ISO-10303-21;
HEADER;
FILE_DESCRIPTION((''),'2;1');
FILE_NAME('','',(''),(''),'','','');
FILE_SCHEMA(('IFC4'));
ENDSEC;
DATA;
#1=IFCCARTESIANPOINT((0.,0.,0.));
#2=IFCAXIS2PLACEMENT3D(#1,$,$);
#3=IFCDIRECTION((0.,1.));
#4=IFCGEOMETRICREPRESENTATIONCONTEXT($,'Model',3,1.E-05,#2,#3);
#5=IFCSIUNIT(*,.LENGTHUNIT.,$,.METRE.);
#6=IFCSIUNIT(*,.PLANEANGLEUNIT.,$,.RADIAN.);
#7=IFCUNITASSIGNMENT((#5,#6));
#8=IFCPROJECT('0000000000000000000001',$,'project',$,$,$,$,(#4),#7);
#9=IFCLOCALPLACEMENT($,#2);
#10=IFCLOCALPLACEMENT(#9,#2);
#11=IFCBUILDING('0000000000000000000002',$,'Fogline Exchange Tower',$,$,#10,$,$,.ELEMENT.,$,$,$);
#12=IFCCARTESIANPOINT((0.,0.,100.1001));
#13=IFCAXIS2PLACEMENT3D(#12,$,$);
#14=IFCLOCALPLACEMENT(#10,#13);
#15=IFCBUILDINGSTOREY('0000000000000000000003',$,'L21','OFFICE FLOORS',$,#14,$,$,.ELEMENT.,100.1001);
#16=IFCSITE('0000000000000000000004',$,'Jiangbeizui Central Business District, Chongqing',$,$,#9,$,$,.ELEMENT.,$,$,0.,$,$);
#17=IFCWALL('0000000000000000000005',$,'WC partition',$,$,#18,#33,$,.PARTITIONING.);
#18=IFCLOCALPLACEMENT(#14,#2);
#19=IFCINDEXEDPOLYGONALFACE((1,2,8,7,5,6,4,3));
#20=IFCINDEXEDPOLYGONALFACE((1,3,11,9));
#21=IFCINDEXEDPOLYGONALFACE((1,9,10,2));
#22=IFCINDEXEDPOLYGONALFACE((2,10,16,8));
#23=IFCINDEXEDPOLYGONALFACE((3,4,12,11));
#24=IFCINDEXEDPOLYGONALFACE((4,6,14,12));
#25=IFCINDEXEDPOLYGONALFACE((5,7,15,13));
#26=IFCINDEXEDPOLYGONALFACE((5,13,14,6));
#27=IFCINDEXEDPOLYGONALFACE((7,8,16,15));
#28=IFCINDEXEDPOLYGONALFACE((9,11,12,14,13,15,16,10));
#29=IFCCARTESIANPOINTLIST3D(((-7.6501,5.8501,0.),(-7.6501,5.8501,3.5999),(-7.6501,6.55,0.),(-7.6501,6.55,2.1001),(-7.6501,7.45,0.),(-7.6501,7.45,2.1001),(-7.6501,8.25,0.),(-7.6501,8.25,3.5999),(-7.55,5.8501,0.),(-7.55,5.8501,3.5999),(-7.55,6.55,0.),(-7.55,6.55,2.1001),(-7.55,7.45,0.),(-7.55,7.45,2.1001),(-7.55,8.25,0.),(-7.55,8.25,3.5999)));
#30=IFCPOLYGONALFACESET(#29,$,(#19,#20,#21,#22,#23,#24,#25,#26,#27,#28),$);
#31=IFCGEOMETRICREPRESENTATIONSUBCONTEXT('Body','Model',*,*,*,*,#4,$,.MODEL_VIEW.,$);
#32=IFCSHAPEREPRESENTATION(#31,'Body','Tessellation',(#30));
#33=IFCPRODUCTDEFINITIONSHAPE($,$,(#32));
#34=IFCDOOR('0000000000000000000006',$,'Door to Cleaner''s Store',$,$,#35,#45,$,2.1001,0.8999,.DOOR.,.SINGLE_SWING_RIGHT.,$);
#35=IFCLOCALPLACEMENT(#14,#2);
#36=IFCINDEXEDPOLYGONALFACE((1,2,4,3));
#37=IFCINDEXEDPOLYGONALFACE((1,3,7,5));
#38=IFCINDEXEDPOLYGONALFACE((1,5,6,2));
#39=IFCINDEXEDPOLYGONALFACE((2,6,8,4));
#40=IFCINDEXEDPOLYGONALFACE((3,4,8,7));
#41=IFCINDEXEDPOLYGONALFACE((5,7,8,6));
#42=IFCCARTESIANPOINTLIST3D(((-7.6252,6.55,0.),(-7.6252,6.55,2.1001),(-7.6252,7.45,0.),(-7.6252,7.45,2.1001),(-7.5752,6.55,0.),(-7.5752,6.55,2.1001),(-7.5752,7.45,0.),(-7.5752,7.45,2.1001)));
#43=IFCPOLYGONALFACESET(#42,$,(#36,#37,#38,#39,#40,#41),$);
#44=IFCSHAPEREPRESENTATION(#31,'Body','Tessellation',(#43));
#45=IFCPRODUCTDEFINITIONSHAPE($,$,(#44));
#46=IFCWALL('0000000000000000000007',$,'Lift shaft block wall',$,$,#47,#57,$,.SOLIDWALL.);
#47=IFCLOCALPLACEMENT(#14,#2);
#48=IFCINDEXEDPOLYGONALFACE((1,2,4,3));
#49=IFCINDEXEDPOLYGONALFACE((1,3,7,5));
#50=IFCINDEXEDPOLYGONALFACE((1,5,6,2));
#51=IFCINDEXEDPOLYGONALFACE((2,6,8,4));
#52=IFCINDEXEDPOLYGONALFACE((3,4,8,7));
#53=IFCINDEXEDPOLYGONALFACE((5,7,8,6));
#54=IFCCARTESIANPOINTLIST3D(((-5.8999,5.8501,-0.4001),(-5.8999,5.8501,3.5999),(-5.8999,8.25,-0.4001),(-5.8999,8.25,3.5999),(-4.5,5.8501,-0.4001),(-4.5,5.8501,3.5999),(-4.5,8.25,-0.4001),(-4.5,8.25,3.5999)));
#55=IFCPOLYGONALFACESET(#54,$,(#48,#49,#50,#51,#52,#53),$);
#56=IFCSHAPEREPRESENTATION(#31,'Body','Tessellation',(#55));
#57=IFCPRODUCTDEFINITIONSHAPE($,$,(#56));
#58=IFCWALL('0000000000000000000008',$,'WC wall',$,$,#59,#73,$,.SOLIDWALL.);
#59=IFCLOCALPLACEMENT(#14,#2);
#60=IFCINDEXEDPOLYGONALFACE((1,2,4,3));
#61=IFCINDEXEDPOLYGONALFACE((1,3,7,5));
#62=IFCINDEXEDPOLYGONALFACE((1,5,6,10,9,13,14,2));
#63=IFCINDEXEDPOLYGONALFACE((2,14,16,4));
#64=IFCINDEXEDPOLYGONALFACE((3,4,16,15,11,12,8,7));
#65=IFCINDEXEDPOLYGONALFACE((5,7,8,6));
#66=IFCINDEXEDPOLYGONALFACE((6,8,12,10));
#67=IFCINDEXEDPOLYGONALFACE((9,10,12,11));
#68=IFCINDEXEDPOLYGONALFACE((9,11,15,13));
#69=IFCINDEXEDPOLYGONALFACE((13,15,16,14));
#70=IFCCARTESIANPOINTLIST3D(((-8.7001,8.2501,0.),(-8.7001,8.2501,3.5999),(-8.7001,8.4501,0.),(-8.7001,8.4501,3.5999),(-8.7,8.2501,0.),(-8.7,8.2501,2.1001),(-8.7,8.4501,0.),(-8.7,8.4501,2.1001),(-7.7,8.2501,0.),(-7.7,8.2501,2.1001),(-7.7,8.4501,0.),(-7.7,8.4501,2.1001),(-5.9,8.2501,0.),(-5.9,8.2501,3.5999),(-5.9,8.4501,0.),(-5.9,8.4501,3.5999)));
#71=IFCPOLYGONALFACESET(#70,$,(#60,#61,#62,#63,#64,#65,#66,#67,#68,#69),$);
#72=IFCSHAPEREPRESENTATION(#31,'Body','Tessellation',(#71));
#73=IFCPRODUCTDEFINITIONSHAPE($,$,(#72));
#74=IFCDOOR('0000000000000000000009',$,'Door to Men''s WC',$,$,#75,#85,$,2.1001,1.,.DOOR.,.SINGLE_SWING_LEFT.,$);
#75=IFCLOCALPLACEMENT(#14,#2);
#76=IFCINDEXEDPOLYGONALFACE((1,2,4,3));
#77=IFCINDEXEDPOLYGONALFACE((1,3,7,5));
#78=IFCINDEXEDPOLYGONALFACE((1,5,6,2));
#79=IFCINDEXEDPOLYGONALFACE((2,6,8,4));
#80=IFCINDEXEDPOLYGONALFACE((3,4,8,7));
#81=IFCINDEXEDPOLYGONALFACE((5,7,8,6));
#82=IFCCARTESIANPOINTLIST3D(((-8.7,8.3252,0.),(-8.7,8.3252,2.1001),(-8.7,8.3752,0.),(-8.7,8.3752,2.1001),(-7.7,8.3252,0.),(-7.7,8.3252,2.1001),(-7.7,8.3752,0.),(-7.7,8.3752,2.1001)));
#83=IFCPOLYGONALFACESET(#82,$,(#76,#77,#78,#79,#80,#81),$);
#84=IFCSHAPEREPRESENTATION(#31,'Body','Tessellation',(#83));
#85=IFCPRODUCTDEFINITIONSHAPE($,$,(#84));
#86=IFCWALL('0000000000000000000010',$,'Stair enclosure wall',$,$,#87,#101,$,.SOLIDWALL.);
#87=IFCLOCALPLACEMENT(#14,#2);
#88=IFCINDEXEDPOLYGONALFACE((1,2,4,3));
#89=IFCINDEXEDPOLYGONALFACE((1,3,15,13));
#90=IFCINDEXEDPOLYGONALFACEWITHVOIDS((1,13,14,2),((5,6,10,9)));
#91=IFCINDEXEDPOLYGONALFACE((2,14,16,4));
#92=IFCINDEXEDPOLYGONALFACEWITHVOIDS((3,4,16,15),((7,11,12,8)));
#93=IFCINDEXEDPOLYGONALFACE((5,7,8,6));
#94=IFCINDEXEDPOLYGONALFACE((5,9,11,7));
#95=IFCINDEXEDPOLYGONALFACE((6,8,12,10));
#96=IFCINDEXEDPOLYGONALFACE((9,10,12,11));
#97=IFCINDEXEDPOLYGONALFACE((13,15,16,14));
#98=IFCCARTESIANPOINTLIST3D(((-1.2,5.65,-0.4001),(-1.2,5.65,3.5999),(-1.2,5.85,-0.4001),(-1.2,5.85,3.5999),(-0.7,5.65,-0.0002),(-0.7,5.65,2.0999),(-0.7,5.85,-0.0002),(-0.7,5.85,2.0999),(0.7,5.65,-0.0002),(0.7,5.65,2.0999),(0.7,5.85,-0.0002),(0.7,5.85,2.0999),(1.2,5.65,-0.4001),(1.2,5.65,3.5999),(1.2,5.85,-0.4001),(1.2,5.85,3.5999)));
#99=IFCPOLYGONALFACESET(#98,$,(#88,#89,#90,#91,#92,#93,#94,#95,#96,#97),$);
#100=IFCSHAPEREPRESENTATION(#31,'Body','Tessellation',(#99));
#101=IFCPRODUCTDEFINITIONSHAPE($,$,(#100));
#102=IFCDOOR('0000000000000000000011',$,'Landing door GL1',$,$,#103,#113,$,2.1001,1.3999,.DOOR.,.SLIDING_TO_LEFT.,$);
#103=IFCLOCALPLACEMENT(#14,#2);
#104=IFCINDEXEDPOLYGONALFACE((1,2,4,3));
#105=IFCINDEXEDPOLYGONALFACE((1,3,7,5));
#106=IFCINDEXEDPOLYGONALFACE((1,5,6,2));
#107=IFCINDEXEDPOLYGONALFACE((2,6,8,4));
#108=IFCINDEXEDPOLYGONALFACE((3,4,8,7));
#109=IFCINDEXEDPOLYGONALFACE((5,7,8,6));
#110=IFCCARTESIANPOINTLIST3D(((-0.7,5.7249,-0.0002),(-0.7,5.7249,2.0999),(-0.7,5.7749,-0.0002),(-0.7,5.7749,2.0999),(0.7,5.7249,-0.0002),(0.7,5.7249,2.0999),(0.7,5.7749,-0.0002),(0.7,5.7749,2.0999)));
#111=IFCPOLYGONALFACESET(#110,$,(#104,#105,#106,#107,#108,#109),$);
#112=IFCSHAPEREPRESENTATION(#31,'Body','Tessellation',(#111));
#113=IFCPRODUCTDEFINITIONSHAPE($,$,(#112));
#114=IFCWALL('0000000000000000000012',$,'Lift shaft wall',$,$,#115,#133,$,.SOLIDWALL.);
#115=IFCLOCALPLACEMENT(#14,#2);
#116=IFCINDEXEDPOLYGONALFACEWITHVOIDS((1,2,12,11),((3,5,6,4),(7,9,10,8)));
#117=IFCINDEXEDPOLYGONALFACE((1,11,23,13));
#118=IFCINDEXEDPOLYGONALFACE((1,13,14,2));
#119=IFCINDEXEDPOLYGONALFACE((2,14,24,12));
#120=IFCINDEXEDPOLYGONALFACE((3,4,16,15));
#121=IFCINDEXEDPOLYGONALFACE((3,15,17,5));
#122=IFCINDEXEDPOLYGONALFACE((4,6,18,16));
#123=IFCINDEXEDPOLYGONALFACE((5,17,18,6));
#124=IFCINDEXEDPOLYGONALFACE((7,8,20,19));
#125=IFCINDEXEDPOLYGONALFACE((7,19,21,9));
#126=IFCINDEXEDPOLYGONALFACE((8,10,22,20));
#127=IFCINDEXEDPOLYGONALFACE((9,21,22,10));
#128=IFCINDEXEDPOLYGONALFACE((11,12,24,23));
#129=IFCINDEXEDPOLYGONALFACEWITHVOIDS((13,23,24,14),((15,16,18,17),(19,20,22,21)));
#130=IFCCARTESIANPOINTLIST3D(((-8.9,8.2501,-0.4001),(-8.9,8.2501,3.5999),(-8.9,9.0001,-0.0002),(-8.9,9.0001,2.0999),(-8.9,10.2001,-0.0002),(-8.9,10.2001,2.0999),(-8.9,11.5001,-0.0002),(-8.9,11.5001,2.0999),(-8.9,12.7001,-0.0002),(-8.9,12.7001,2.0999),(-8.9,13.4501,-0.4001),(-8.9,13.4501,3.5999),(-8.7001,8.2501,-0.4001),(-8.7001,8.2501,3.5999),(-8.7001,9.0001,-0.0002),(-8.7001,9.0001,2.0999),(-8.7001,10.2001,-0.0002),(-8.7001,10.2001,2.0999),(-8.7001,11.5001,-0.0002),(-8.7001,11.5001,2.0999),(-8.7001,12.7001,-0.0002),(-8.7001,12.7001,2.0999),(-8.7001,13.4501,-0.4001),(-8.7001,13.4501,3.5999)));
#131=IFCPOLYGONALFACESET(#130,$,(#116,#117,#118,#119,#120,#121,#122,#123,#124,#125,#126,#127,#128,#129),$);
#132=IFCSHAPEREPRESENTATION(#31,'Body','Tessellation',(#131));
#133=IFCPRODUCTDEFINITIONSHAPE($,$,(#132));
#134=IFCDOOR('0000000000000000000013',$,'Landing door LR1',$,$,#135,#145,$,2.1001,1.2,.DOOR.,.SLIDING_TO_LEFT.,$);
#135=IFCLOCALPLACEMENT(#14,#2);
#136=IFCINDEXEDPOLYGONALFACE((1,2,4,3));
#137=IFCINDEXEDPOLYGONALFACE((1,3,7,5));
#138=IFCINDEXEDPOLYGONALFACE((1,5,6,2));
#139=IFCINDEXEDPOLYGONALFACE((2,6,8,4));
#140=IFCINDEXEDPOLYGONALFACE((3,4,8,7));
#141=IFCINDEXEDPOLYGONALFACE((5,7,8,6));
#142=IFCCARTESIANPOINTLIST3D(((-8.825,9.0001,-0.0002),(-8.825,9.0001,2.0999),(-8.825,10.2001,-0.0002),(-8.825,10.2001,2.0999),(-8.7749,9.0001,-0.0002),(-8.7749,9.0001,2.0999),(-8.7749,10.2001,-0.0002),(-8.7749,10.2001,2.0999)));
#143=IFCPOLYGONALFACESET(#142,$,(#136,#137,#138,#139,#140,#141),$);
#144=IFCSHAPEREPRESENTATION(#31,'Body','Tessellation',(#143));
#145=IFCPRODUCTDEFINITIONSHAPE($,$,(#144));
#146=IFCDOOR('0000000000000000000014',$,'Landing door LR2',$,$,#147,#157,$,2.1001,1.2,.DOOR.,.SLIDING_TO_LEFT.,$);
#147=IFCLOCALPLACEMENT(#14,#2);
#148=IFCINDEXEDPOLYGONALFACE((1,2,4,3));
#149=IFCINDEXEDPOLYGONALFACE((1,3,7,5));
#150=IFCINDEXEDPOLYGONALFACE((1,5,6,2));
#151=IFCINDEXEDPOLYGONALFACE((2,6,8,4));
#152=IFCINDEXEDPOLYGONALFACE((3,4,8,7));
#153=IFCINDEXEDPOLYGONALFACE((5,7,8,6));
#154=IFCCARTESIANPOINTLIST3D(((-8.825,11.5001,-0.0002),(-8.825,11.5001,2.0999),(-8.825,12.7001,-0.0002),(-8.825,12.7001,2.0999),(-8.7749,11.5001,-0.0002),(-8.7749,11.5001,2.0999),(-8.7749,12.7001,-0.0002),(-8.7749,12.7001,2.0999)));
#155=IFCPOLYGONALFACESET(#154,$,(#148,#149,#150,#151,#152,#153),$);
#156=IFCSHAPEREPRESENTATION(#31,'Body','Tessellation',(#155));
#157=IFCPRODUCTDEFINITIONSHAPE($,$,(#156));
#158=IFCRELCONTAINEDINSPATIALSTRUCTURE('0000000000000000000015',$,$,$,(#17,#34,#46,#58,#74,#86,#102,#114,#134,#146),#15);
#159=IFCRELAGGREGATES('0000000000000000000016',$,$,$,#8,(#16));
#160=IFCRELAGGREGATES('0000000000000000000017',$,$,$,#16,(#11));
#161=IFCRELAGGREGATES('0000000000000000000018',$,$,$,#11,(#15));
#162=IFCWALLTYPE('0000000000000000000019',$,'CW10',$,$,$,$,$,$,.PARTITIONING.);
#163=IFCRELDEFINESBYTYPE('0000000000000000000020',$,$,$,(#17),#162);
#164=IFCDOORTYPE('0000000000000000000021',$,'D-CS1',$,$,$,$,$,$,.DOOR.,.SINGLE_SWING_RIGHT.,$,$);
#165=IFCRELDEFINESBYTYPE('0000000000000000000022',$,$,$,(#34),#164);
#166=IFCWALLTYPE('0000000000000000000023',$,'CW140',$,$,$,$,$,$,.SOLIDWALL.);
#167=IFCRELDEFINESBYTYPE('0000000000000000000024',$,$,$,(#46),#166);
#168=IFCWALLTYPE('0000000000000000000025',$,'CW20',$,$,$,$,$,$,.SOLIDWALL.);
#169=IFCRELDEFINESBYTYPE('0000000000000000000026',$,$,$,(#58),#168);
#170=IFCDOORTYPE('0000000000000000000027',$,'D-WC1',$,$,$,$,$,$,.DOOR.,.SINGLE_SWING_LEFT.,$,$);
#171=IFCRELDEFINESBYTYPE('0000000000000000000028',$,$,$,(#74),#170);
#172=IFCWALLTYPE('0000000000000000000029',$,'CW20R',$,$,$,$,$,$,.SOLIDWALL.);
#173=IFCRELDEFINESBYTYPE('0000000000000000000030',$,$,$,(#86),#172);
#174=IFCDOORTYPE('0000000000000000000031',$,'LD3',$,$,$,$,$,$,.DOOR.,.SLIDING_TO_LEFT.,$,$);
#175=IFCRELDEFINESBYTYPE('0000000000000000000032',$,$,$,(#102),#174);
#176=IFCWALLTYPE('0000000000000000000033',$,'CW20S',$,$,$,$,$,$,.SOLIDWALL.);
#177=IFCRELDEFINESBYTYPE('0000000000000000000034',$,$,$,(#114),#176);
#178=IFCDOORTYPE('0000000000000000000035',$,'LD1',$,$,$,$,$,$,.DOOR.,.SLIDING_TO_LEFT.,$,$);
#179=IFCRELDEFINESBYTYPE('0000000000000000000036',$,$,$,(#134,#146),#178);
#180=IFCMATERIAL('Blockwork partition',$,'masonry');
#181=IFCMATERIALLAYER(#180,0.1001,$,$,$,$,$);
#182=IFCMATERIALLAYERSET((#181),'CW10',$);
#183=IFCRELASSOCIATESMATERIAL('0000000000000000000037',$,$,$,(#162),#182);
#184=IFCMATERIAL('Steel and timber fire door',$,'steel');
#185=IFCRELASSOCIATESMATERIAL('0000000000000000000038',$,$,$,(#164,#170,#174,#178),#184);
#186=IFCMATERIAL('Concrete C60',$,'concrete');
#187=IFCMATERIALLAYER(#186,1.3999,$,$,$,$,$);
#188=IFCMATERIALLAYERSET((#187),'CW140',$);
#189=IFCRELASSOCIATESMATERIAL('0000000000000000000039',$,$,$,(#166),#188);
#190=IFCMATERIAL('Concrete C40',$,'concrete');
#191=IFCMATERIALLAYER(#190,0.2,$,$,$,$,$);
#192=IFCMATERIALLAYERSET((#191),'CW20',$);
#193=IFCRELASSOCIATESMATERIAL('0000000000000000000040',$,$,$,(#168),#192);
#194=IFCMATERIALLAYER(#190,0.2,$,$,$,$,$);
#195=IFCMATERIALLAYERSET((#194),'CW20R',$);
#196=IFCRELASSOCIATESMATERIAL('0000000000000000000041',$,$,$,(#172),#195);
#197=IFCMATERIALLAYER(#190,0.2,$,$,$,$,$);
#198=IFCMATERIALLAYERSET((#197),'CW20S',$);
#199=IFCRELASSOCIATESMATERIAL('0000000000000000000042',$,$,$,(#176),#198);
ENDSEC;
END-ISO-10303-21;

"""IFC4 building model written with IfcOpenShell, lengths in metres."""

from ifc_helpers import new_model, si_unit, direction, frame, frame_2d, origin, place, context, subcontext, project, spatial, rectangle, extrude, material, layer, layer_set, type_object, element, fill, save


model = new_model("IFC4")

# Units and contexts
model_context = context("Model", 3, precision=1e-05, world=origin(), true_north=direction((0.0, 1.0)))
body_context = subcontext(model_context, "Body", "Model", "MODEL_VIEW")
ifc_project = project(units=[si_unit("LENGTHUNIT", "METRE"), si_unit("PLANEANGLEUNIT", "RADIAN")], contexts=[model_context])

# Site, building, storey
site_placement = place(None, origin())
site = spatial("IfcSite", under=ifc_project, at=site_placement, Name="Jiangbeizui Central Business District, Chongqing", CompositionType="ELEMENT", RefElevation=0.0)
building_placement = place(site_placement, origin())
building = spatial("IfcBuilding", under=site, at=building_placement, Name="Fogline Exchange Tower", CompositionType="ELEMENT")
storey_placement = place(building_placement, frame((0.0, 0.0, 100.1001)))
storey = spatial("IfcBuildingStorey", under=building, at=storey_placement, Name="L21", Description="OFFICE FLOORS", CompositionType="ELEMENT", Elevation=100.1001)

# Wall, opening, door
ifc_material_1 = material(Name="Blockwork partition", Category="masonry")
ifc_layer_1 = layer(ifc_material_1, 0.1001)
ifc_layer_set_1 = layer_set([ifc_layer_1], Name="CW10")
wall_type_1 = type_object("IfcWallType", Name="CW10", PredefinedType="PARTITIONING", material=ifc_layer_set_1)
wall_1_placement = place(storey_placement, frame((-7.6001, 5.8501, 0.0), z_axis=(0.0, 0.0, 1.0), x_axis=(0.0, 1.0, 0.0)))
wall_1 = element("IfcWall", 1, at=wall_1_placement, inside=storey, type_object=wall_type_1, Name="WC partition", PredefinedType="PARTITIONING", context=body_context, shape_type="SweptSolid", body=[
    extrude(rectangle(XDim=2.3999, YDim=0.1001, at=frame_2d((1.2, 0.0))), origin(), (0.0, 0.0, 1.0), 3.5999),
])
opening_1_placement = place(wall_1_placement, frame((0.7, 0.0, 0.0)))
opening_1 = element("IfcOpeningElement", 2, at=opening_1_placement, cuts=wall_1, PredefinedType="OPENING", context=body_context, shape_type="SweptSolid", body=[
    extrude(rectangle(XDim=0.8999, YDim=2.1001, at=frame_2d((0.45, 1.05))), frame((0.0, 0.0601, 0.0), z_axis=(0.0, -1.0, 0.0), x_axis=(1.0, 0.0, 0.0)), (0.0, 0.0, 1.0), 0.1201),
])
ifc_material_2 = material(Name="Steel and timber fire door", Category="steel")
door_type_1 = type_object("IfcDoorType", Name="D-CS1", OperationType="SINGLE_SWING_RIGHT", PredefinedType="DOOR", material=ifc_material_2)
door_1_placement = place(opening_1_placement, frame((0.8999, 0.0, 0.0), z_axis=(0.0, 0.0, 1.0), x_axis=(-1.0, 0.0, 0.0)))
door_1 = element("IfcDoor", 3, at=door_1_placement, inside=storey, type_object=door_type_1, Name="Door to Cleaner's Store", OperationType="SINGLE_SWING_RIGHT", OverallHeight=2.1001, OverallWidth=0.8999, PredefinedType="DOOR", context=body_context, shape_type="SweptSolid", body=[
    extrude(rectangle(XDim=0.8999, YDim=2.1001, at=frame_2d((0.45, 1.05))), frame((0.0, 0.0249, 0.0), z_axis=(0.0, -1.0, 0.0), x_axis=(1.0, 0.0, 0.0)), (0.0, 0.0, 1.0), 0.05),
])
fill(opening_1, door_1)

# Wall
ifc_material_3 = material(Name="Concrete C60", Category="concrete")
ifc_layer_2 = layer(ifc_material_3, 1.3999)
ifc_layer_set_2 = layer_set([ifc_layer_2], Name="CW140")
wall_type_2 = type_object("IfcWallType", Name="CW140", PredefinedType="SOLIDWALL", material=ifc_layer_set_2)
wall_2_placement = place(storey_placement, frame((-5.2, 5.8501, -0.4001), z_axis=(0.0, 0.0, 1.0), x_axis=(0.0, 1.0, 0.0)))
element("IfcWall", 4, at=wall_2_placement, inside=storey, type_object=wall_type_2, Name="Lift shaft block wall", PredefinedType="SOLIDWALL", context=body_context, shape_type="SweptSolid", body=[
    extrude(rectangle(XDim=2.3999, YDim=1.3999, at=frame_2d((1.2, 0.0))), origin(), (0.0, 0.0, 1.0), 4.0),
])

# Walls, openings, doors
ifc_material_4 = material(Name="Concrete C40", Category="concrete")
ifc_layer_3 = layer(ifc_material_4, 0.2)
ifc_layer_set_3 = layer_set([ifc_layer_3], Name="CW20")
wall_type_3 = type_object("IfcWallType", Name="CW20", PredefinedType="SOLIDWALL", material=ifc_layer_set_3)
wall_3_placement = place(storey_placement, frame((-8.7, 8.3501, 0.0), z_axis=(0.0, 0.0, 1.0), x_axis=(1.0, 0.0, 0.0)))
wall_3 = element("IfcWall", 5, at=wall_3_placement, inside=storey, type_object=wall_type_3, Name="WC wall", PredefinedType="SOLIDWALL", context=body_context, shape_type="SweptSolid", body=[
    extrude(rectangle(XDim=2.8, YDim=0.2, at=frame_2d((1.3999, 0.0))), origin(), (0.0, 0.0, 1.0), 3.5999),
])
opening_2_placement = place(wall_3_placement, origin())
opening_2 = element("IfcOpeningElement", 6, at=opening_2_placement, cuts=wall_3, PredefinedType="OPENING", context=body_context, shape_type="SweptSolid", body=[
    extrude(rectangle(XDim=1.0, YDim=2.1001, at=frame_2d((0.5, 1.05))), frame((0.0, 0.1099, 0.0), z_axis=(0.0, -1.0, 0.0), x_axis=(1.0, 0.0, 0.0)), (0.0, 0.0, 1.0), 0.22),
])
door_type_2 = type_object("IfcDoorType", Name="D-WC1", OperationType="SINGLE_SWING_LEFT", PredefinedType="DOOR", material=ifc_material_2)
door_2_placement = place(opening_2_placement, frame((1.0, 0.0, 0.0), z_axis=(0.0, 0.0, 1.0), x_axis=(-1.0, 0.0, 0.0)))
door_2 = element("IfcDoor", 7, at=door_2_placement, inside=storey, type_object=door_type_2, Name="Door to Men's WC", OperationType="SINGLE_SWING_LEFT", OverallHeight=2.1001, OverallWidth=1.0, PredefinedType="DOOR", context=body_context, shape_type="SweptSolid", body=[
    extrude(rectangle(XDim=1.0, YDim=2.1001, at=frame_2d((0.5, 1.05))), frame((0.0, 0.0249, 0.0), z_axis=(0.0, -1.0, 0.0), x_axis=(1.0, 0.0, 0.0)), (0.0, 0.0, 1.0), 0.05),
])
fill(opening_2, door_2)
ifc_layer_4 = layer(ifc_material_4, 0.2)
ifc_layer_set_4 = layer_set([ifc_layer_4], Name="CW20R")
wall_type_4 = type_object("IfcWallType", Name="CW20R", PredefinedType="SOLIDWALL", material=ifc_layer_set_4)
wall_4_placement = place(storey_placement, frame((-1.2, 5.75, -0.4001), z_axis=(0.0, 0.0, 1.0), x_axis=(1.0, 0.0, 0.0)))
wall_4 = element("IfcWall", 8, at=wall_4_placement, inside=storey, type_object=wall_type_4, Name="Stair enclosure wall", PredefinedType="SOLIDWALL", context=body_context, shape_type="SweptSolid", body=[
    extrude(rectangle(XDim=2.3999, YDim=0.2, at=frame_2d((1.2, 0.0))), origin(), (0.0, 0.0, 1.0), 4.0),
])
opening_3_placement = place(wall_4_placement, frame((0.5, 0.0, 0.3999)))
opening_3 = element("IfcOpeningElement", 9, at=opening_3_placement, cuts=wall_4, PredefinedType="OPENING", context=body_context, shape_type="SweptSolid", body=[
    extrude(rectangle(XDim=1.3999, YDim=2.1001, at=frame_2d((0.7, 1.05))), frame((0.0, 0.1099, 0.0), z_axis=(0.0, -1.0, 0.0), x_axis=(1.0, 0.0, 0.0)), (0.0, 0.0, 1.0), 0.22),
])
door_type_3 = type_object("IfcDoorType", Name="LD3", OperationType="SLIDING_TO_LEFT", PredefinedType="DOOR", material=ifc_material_2)
door_3_placement = place(opening_3_placement, origin())
door_3 = element("IfcDoor", 10, at=door_3_placement, inside=storey, type_object=door_type_3, Name="Landing door GL1", OperationType="SLIDING_TO_LEFT", OverallHeight=2.1001, OverallWidth=1.3999, PredefinedType="DOOR", context=body_context, shape_type="SweptSolid", body=[
    extrude(rectangle(XDim=1.3999, YDim=2.1001, at=frame_2d((0.7, 1.05))), frame((0.0, 0.0249, 0.0), z_axis=(0.0, -1.0, 0.0), x_axis=(1.0, 0.0, 0.0)), (0.0, 0.0, 1.0), 0.05),
])
fill(opening_3, door_3)

# Wall, openings, doors
ifc_layer_5 = layer(ifc_material_4, 0.2)
ifc_layer_set_5 = layer_set([ifc_layer_5], Name="CW20S")
wall_type_5 = type_object("IfcWallType", Name="CW20S", PredefinedType="SOLIDWALL", material=ifc_layer_set_5)
wall_5_placement = place(storey_placement, frame((-8.8, 8.25, -0.4001), z_axis=(0.0, 0.0, 1.0), x_axis=(0.0, 1.0, 0.0)))
wall_5 = element("IfcWall", 11, at=wall_5_placement, inside=storey, type_object=wall_type_5, Name="Lift shaft wall", PredefinedType="SOLIDWALL", context=body_context, shape_type="SweptSolid", body=[
    extrude(rectangle(XDim=5.2, YDim=0.2, at=frame_2d((2.6001, 0.0))), origin(), (0.0, 0.0, 1.0), 4.0),
])
opening_4_placement = place(wall_5_placement, frame((0.75, 0.0, 0.3999)))
opening_4 = element("IfcOpeningElement", 12, at=opening_4_placement, cuts=wall_5, PredefinedType="OPENING", context=body_context, shape_type="SweptSolid", body=[
    extrude(rectangle(XDim=1.2, YDim=2.1001, at=frame_2d((0.6001, 1.05))), frame((0.0, 0.1099, 0.0), z_axis=(0.0, -1.0, 0.0), x_axis=(1.0, 0.0, 0.0)), (0.0, 0.0, 1.0), 0.22),
])
opening_5_placement = place(wall_5_placement, frame((3.25, 0.0, 0.3999)))
opening_5 = element("IfcOpeningElement", 13, at=opening_5_placement, cuts=wall_5, PredefinedType="OPENING", context=body_context, shape_type="SweptSolid", body=[
    extrude(rectangle(XDim=1.2, YDim=2.1001, at=frame_2d((0.6001, 1.05))), frame((0.0, 0.1099, 0.0), z_axis=(0.0, -1.0, 0.0), x_axis=(1.0, 0.0, 0.0)), (0.0, 0.0, 1.0), 0.22),
])
door_type_4 = type_object("IfcDoorType", Name="LD1", OperationType="SLIDING_TO_LEFT", PredefinedType="DOOR", material=ifc_material_2)
door_4_placement = place(opening_4_placement, origin())
door_4 = element("IfcDoor", 14, at=door_4_placement, inside=storey, type_object=door_type_4, Name="Landing door LR1", OperationType="SLIDING_TO_LEFT", OverallHeight=2.1001, OverallWidth=1.2, PredefinedType="DOOR", context=body_context, shape_type="SweptSolid", body=[
    extrude(rectangle(XDim=1.2, YDim=2.1001, at=frame_2d((0.6001, 1.05))), frame((0.0, 0.0249, 0.0), z_axis=(0.0, -1.0, 0.0), x_axis=(1.0, 0.0, 0.0)), (0.0, 0.0, 1.0), 0.05),
])
fill(opening_4, door_4)
door_5_placement = place(opening_5_placement, origin())
door_5 = element("IfcDoor", 15, at=door_5_placement, inside=storey, type_object=door_type_4, Name="Landing door LR2", OperationType="SLIDING_TO_LEFT", OverallHeight=2.1001, OverallWidth=1.2, PredefinedType="DOOR", context=body_context, shape_type="SweptSolid", body=[
    extrude(rectangle(XDim=1.2, YDim=2.1001, at=frame_2d((0.6001, 1.05))), frame((0.0, 0.0249, 0.0), z_axis=(0.0, -1.0, 0.0), x_axis=(1.0, 0.0, 0.0)), (0.0, 0.0, 1.0), 0.05),
])
fill(opening_5, door_5)

save(model, "model.ifc")
